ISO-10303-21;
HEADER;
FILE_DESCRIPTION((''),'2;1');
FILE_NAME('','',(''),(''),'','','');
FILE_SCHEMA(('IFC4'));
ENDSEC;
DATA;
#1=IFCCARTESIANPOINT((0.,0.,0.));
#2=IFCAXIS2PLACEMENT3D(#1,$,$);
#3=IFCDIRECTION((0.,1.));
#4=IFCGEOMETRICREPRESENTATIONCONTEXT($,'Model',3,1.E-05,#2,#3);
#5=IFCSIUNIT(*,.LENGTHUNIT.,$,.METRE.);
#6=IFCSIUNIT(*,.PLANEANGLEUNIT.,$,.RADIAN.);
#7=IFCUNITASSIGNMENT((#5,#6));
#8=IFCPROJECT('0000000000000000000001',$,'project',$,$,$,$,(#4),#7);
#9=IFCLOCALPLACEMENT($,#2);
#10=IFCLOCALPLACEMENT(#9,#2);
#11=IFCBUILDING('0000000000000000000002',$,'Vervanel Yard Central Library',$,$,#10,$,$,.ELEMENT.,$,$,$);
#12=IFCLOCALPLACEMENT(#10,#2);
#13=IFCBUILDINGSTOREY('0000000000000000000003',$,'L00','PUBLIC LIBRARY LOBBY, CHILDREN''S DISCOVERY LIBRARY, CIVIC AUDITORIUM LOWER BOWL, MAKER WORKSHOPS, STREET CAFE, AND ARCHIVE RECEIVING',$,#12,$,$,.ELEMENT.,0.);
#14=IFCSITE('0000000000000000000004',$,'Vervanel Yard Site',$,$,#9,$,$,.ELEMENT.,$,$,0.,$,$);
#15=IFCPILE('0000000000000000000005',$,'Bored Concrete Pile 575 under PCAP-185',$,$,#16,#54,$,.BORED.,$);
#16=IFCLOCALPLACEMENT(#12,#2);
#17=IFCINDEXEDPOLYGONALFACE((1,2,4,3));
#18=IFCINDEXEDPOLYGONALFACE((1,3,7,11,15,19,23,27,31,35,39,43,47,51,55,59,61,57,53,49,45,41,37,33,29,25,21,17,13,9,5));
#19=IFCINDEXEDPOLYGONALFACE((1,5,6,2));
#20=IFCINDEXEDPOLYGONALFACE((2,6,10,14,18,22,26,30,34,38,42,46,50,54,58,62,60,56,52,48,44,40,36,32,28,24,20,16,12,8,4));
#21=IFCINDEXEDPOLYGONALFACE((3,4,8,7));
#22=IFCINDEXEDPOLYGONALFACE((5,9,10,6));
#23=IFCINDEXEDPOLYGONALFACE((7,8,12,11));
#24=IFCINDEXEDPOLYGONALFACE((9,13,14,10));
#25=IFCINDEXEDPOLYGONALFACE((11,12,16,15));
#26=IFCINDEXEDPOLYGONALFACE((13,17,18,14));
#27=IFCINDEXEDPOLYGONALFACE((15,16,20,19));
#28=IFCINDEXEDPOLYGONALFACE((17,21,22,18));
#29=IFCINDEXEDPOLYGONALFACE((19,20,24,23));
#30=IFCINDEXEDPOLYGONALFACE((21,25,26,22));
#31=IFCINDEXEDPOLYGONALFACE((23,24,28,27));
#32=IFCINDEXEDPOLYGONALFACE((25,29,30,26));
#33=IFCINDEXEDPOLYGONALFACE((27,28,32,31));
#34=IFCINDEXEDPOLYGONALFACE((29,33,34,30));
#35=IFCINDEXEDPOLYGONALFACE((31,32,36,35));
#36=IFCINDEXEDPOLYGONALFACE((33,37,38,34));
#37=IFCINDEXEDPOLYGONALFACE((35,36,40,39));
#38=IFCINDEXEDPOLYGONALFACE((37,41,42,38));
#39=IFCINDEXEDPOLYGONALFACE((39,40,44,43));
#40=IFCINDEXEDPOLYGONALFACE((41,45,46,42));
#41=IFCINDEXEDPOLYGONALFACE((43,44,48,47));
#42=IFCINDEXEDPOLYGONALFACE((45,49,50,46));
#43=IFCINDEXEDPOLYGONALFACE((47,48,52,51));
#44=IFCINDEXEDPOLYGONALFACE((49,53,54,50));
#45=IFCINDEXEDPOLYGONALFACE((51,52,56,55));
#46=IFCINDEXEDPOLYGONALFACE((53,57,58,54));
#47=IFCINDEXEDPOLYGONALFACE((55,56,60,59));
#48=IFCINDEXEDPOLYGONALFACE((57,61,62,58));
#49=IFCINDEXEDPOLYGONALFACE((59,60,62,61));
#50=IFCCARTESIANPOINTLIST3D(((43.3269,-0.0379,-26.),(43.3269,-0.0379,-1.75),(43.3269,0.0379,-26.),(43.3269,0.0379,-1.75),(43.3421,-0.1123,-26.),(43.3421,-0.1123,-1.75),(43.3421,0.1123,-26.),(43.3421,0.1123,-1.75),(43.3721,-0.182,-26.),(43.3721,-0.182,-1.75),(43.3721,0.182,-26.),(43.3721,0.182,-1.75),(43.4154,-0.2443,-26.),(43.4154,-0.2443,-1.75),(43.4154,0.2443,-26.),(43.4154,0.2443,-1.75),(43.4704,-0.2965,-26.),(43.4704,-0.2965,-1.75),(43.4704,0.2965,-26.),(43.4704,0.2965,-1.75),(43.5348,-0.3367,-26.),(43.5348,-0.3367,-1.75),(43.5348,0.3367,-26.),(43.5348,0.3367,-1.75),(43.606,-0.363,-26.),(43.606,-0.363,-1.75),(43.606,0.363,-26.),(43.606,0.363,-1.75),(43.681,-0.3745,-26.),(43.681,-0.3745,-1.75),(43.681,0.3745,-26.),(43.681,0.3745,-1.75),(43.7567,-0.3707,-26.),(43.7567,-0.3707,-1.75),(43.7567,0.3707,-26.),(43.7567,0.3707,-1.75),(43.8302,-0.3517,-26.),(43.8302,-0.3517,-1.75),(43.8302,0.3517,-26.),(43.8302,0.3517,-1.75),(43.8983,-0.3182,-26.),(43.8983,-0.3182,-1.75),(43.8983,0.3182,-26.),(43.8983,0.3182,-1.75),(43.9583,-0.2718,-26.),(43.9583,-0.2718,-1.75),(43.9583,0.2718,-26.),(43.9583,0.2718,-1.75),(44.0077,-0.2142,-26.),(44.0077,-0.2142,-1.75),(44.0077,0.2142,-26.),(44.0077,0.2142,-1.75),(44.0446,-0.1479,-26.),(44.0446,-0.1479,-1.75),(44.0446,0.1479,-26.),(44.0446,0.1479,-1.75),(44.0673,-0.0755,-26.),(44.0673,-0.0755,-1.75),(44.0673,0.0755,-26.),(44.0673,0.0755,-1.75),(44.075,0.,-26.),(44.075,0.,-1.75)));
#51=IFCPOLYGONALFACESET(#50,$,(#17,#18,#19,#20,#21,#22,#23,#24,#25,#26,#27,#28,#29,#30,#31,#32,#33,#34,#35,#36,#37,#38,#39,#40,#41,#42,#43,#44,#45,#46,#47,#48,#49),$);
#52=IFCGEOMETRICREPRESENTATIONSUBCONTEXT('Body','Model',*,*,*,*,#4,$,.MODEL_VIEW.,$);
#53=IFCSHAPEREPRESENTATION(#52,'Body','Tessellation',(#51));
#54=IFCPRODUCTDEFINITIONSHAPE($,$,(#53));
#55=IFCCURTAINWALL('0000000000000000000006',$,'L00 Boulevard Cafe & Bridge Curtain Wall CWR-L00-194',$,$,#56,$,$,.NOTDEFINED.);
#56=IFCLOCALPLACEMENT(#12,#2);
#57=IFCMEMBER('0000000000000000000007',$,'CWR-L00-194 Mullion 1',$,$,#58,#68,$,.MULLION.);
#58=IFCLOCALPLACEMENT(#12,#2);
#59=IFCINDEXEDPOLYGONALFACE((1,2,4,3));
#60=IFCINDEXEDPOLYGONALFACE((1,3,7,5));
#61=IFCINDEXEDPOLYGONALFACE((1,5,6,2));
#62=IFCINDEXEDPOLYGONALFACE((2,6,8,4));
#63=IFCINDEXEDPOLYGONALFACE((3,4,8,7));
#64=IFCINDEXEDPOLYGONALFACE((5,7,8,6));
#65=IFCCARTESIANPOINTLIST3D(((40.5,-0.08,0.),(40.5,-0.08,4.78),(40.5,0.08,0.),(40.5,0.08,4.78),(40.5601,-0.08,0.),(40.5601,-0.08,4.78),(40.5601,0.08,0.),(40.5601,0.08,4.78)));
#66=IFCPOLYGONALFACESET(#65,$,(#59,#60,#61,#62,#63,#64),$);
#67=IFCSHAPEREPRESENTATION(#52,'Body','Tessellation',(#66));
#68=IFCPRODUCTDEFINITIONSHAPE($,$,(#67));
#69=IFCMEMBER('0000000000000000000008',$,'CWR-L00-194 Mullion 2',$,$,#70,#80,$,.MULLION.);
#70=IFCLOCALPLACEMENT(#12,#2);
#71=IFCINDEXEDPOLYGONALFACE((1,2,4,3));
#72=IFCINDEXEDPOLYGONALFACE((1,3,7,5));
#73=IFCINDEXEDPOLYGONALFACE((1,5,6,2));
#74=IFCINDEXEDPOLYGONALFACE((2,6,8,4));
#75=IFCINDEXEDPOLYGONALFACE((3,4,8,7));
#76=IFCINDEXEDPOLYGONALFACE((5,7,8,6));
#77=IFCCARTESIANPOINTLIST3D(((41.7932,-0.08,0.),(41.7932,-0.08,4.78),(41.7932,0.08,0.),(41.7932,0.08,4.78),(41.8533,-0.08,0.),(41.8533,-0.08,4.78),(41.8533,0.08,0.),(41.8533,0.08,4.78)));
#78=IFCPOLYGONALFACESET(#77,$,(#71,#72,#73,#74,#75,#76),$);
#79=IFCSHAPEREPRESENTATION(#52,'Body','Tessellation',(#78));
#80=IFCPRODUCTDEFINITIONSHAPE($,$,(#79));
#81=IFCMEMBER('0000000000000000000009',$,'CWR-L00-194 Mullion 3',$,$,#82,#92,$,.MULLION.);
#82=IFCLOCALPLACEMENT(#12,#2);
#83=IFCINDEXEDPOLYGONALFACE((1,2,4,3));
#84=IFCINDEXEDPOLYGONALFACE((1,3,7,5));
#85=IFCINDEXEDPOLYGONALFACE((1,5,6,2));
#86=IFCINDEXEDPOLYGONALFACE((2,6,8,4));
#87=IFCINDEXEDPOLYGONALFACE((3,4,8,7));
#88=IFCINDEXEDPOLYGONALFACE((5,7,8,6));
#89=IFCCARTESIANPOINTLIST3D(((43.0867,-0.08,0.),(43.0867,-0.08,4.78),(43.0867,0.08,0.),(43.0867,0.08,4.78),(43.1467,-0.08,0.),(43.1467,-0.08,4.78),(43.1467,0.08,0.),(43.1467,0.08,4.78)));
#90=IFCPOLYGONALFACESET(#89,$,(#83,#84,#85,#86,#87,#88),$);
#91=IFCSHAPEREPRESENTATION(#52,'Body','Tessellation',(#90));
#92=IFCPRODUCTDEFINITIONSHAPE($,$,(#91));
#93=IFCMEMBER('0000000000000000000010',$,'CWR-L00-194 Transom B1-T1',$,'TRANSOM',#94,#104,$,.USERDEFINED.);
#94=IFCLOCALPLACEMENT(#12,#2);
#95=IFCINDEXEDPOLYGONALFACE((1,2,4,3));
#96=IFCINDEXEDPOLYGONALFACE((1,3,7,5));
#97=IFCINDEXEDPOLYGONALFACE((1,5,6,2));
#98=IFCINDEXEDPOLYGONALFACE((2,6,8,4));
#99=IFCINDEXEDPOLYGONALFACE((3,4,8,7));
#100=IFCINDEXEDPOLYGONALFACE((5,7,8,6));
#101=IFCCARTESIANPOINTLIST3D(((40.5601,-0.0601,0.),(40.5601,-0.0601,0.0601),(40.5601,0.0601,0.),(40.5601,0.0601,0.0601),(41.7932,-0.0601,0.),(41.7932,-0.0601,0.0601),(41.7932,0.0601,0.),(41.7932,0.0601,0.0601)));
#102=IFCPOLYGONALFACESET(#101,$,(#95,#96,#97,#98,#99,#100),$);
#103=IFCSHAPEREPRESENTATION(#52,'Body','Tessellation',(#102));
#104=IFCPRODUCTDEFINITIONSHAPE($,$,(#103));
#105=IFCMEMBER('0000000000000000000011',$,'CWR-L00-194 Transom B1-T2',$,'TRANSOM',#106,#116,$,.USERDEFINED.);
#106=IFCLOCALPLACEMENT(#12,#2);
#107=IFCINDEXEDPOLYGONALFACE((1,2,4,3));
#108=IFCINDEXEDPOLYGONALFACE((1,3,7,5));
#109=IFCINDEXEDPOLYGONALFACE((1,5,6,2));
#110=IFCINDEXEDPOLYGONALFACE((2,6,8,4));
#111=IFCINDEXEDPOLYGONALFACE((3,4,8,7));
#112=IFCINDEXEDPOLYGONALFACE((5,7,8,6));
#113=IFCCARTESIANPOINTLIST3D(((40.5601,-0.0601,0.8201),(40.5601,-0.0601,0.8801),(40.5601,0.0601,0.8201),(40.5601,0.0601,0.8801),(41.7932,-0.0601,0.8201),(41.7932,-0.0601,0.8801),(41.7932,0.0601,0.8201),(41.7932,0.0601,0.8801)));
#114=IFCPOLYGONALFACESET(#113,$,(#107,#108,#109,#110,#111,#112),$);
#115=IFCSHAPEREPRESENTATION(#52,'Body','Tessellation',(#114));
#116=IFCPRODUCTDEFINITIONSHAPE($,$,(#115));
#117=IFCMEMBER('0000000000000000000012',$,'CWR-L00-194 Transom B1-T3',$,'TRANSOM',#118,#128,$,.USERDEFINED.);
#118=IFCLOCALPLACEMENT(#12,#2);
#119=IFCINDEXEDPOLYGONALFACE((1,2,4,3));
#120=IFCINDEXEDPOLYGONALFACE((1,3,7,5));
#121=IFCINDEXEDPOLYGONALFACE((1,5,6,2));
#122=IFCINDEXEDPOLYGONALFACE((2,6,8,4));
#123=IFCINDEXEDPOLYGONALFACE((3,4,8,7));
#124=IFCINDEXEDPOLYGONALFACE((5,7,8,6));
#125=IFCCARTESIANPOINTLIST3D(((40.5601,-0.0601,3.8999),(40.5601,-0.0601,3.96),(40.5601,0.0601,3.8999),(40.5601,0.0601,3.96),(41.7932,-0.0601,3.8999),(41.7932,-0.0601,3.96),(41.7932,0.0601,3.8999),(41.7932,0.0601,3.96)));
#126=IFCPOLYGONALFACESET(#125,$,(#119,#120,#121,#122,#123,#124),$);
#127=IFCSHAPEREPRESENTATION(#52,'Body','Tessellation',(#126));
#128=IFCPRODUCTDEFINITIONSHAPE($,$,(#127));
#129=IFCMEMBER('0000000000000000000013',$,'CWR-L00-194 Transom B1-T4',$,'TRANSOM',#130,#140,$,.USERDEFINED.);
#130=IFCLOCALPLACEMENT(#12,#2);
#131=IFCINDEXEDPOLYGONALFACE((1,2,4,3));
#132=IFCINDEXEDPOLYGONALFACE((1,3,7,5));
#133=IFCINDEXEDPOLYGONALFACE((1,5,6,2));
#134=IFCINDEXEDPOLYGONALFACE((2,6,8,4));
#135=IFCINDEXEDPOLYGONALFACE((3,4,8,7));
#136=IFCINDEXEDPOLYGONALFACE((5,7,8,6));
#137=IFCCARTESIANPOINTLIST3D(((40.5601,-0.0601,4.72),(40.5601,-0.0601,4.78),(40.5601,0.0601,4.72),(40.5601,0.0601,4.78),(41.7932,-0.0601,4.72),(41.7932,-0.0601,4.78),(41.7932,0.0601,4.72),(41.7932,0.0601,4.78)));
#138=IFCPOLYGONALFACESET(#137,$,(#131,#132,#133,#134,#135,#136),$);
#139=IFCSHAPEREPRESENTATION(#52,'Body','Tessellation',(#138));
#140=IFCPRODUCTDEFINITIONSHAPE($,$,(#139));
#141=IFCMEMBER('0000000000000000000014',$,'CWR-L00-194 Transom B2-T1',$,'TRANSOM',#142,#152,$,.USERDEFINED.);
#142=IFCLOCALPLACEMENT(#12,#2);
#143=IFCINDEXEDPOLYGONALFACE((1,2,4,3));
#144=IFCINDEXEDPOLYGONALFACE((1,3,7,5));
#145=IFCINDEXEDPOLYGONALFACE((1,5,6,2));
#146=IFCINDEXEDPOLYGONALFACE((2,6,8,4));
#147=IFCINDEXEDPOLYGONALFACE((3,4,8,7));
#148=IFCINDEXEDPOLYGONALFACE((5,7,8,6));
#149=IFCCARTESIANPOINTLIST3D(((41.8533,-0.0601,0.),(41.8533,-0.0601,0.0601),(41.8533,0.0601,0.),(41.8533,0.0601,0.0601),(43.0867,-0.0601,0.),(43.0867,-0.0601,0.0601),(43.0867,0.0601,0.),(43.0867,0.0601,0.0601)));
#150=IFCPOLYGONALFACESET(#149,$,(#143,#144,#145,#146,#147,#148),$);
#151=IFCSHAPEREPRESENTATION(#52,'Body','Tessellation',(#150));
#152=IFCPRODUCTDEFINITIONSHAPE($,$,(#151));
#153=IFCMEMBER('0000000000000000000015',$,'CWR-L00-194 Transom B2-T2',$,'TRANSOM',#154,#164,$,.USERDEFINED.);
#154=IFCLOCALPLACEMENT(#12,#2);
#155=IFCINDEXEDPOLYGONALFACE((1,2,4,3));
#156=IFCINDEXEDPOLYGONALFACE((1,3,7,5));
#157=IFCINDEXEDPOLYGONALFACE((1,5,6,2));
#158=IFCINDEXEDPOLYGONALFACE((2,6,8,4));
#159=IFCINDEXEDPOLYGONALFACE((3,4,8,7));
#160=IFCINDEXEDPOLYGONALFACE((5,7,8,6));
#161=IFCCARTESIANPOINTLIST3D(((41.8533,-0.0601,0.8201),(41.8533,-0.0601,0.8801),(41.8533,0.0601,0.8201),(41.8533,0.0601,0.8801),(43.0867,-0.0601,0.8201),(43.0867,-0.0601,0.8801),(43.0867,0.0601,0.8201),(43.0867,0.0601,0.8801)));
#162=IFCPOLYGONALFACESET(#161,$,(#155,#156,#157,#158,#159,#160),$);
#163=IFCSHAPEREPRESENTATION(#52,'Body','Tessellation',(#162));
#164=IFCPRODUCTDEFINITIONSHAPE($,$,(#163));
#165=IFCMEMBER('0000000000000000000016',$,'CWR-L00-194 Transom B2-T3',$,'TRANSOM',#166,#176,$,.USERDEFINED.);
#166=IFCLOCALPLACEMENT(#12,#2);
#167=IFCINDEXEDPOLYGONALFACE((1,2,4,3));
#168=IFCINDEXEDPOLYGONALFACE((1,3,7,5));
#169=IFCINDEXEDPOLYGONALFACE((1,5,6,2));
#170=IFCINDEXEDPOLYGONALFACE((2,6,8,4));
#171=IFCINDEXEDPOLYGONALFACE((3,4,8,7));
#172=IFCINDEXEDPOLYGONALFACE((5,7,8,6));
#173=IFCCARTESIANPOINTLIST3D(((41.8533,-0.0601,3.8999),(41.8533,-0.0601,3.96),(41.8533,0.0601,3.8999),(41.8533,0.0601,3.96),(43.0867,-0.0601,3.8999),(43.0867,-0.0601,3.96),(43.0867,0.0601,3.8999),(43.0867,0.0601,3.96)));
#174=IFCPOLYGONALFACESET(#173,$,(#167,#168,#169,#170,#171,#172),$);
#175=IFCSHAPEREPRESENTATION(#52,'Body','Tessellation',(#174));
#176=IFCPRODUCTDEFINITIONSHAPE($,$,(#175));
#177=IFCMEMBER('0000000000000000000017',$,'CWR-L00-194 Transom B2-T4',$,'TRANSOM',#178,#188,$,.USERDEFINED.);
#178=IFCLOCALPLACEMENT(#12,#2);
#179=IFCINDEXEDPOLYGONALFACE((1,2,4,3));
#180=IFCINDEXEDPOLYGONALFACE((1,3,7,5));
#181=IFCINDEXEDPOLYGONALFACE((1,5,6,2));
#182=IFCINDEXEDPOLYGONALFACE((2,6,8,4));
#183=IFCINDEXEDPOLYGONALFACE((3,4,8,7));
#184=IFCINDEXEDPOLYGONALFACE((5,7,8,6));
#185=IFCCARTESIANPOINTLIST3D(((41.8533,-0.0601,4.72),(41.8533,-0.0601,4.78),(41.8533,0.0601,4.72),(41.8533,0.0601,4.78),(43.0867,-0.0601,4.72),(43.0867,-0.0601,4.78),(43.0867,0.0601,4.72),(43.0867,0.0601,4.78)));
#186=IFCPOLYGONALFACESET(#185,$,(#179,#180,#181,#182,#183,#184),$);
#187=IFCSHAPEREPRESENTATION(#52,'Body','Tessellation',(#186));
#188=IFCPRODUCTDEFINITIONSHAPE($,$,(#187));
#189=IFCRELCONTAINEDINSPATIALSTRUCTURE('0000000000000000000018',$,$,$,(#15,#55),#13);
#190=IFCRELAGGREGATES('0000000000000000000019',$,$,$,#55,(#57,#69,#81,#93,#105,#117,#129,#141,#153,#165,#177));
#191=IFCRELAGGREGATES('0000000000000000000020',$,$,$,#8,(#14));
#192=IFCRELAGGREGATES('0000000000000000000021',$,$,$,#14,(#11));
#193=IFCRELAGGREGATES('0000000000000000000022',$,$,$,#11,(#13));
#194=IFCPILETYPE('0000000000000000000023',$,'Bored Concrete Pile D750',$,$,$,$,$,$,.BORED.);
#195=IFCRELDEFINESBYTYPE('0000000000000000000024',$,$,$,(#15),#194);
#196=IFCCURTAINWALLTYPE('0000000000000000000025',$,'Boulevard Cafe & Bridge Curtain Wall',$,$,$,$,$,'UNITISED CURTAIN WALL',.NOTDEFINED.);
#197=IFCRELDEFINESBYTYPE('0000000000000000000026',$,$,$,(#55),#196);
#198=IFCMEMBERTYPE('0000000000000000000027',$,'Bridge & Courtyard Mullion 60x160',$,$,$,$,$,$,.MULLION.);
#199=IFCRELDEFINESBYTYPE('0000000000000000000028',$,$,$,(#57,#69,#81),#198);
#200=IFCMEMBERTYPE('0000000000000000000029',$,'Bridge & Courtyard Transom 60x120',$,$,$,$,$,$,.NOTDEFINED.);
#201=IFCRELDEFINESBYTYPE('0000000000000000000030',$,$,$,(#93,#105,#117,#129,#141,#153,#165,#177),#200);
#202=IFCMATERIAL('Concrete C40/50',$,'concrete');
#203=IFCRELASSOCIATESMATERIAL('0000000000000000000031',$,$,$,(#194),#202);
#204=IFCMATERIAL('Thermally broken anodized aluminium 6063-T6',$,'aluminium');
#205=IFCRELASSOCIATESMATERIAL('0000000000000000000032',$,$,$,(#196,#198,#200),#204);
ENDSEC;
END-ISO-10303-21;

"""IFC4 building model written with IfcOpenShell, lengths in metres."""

from ifc_helpers import new_model, si_unit, direction, frame, origin, origin_2d, place, context, subcontext, project, spatial, rectangle, circle, extrude, material, material_profile, profile_set, type_object, element, aggregate, save


model = new_model("IFC4")

# Units and contexts
model_context = context("Model", 3, precision=1e-05, world=origin(), true_north=direction((0.0, 1.0)))
body_context = subcontext(model_context, "Body", "Model", "MODEL_VIEW")
ifc_project = project(units=[si_unit("LENGTHUNIT", "METRE"), si_unit("PLANEANGLEUNIT", "RADIAN")], contexts=[model_context])

# Site, building, storey
site_placement = place(None, origin())
site = spatial("IfcSite", under=ifc_project, at=site_placement, Name="Vervanel Yard Site", CompositionType="ELEMENT", RefElevation=0.0)
building_placement = place(site_placement, origin())
building = spatial("IfcBuilding", under=site, at=building_placement, Name="Vervanel Yard Central Library", CompositionType="ELEMENT")
storey_placement = place(building_placement, origin())
storey = spatial("IfcBuildingStorey", under=building, at=storey_placement, Name="L00", Description="PUBLIC LIBRARY LOBBY, CHILDREN'S DISCOVERY LIBRARY, CIVIC AUDITORIUM LOWER BOWL, MAKER WORKSHOPS, STREET CAFE, AND ARCHIVE RECEIVING", CompositionType="ELEMENT", Elevation=0.0)

# Pile
ifc_material_1 = material(Name="Concrete C40/50", Category="concrete")
ifc_material_profile_1 = material_profile(ifc_material_1, circle(Radius=0.375, at=origin_2d()), Name="BP D750", Category="concrete")
ifc_profile_set_1 = profile_set([ifc_material_profile_1], Name="Concrete C40/50")
pile_type = type_object("IfcPileType", Name="Bored Concrete Pile D750", PredefinedType="BORED", material=ifc_profile_set_1)
pile_placement = place(storey_placement, frame((43.7, 0.0, -1.75), z_axis=(0.0, 0.0, -1.0), x_axis=(1.0, 0.0, 0.0)))
element("IfcPile", 1, at=pile_placement, inside=storey, type_object=pile_type, Name="Bored Concrete Pile 575 under PCAP-185", PredefinedType="BORED", context=body_context, shape_type="SweptSolid", body=[
    extrude(circle(Radius=0.375, at=origin_2d()), origin(), (0.0, 0.0, 1.0), 24.25),
])

# Curtain wall, members
ifc_material_2 = material(Name="Thermally broken anodized aluminium 6063-T6", Category="aluminium")
curtain_wall_type = type_object("IfcCurtainWallType", Name="Boulevard Cafe & Bridge Curtain Wall", ElementType="UNITISED CURTAIN WALL", PredefinedType="NOTDEFINED", material=ifc_material_2)
curtain_wall_placement = place(storey_placement, origin())
curtain_wall = element("IfcCurtainWall", 2, at=curtain_wall_placement, inside=storey, type_object=curtain_wall_type, Name="L00 Boulevard Cafe & Bridge Curtain Wall CWR-L00-194", PredefinedType="NOTDEFINED")
ifc_material_profile_2 = material_profile(ifc_material_2, rectangle(XDim=0.0601, YDim=0.1599, at=origin_2d()), Name="ALU 60x160", Category="aluminium")
ifc_profile_set_2 = profile_set([ifc_material_profile_2], Name="Thermally broken anodized aluminium 6063-T6")
member_type_1 = type_object("IfcMemberType", Name="Bridge & Courtyard Mullion 60x160", PredefinedType="MULLION", material=ifc_profile_set_2)
member_1_placement = place(storey_placement, frame((40.53, 0.0, 0.0), z_axis=(0.0, 0.0, 1.0), x_axis=(1.0, 0.0, 0.0)))
member_1 = element("IfcMember", 3, at=member_1_placement, type_object=member_type_1, Name="CWR-L00-194 Mullion 1", PredefinedType="MULLION", context=body_context, shape_type="SweptSolid", body=[
    extrude(rectangle(XDim=0.0601, YDim=0.1599, at=origin_2d()), origin(), (0.0, 0.0, 1.0), 4.78),
])
member_2_placement = place(storey_placement, frame((41.8232, 0.0, 0.0), z_axis=(0.0, 0.0, 1.0), x_axis=(1.0, 0.0, 0.0)))
member_2 = element("IfcMember", 4, at=member_2_placement, type_object=member_type_1, Name="CWR-L00-194 Mullion 2", PredefinedType="MULLION", context=body_context, shape_type="SweptSolid", body=[
    extrude(rectangle(XDim=0.0601, YDim=0.1599, at=origin_2d()), origin(), (0.0, 0.0, 1.0), 4.78),
])
member_3_placement = place(storey_placement, frame((43.1167, 0.0, 0.0), z_axis=(0.0, 0.0, 1.0), x_axis=(1.0, 0.0, 0.0)))
member_3 = element("IfcMember", 5, at=member_3_placement, type_object=member_type_1, Name="CWR-L00-194 Mullion 3", PredefinedType="MULLION", context=body_context, shape_type="SweptSolid", body=[
    extrude(rectangle(XDim=0.0601, YDim=0.1599, at=origin_2d()), origin(), (0.0, 0.0, 1.0), 4.78),
])
ifc_material_profile_3 = material_profile(ifc_material_2, rectangle(XDim=0.0601, YDim=0.1201, at=origin_2d()), Name="ALU 60x120", Category="aluminium")
ifc_profile_set_3 = profile_set([ifc_material_profile_3], Name="Thermally broken anodized aluminium 6063-T6")
member_type_2 = type_object("IfcMemberType", Name="Bridge & Courtyard Transom 60x120", PredefinedType="NOTDEFINED", material=ifc_profile_set_3)
member_4_placement = place(storey_placement, frame((40.5601, 0.0, 0.03), z_axis=(1.0, 0.0, 0.0), x_axis=(0.0, 0.0, 1.0)))
member_4 = element("IfcMember", 6, at=member_4_placement, type_object=member_type_2, Name="CWR-L00-194 Transom B1-T1", ObjectType="TRANSOM", PredefinedType="USERDEFINED", context=body_context, shape_type="SweptSolid", body=[
    extrude(rectangle(XDim=0.0601, YDim=0.1201, at=origin_2d()), origin(), (0.0, 0.0, 1.0), 1.2332),
])
member_5_placement = place(storey_placement, frame((40.5601, 0.0, 0.8501), z_axis=(1.0, 0.0, 0.0), x_axis=(0.0, 0.0, 1.0)))
member_5 = element("IfcMember", 7, at=member_5_placement, type_object=member_type_2, Name="CWR-L00-194 Transom B1-T2", ObjectType="TRANSOM", PredefinedType="USERDEFINED", context=body_context, shape_type="SweptSolid", body=[
    extrude(rectangle(XDim=0.0601, YDim=0.1201, at=origin_2d()), origin(), (0.0, 0.0, 1.0), 1.2332),
])
member_6_placement = place(storey_placement, frame((40.5601, 0.0, 3.9299), z_axis=(1.0, 0.0, 0.0), x_axis=(0.0, 0.0, 1.0)))
member_6 = element("IfcMember", 8, at=member_6_placement, type_object=member_type_2, Name="CWR-L00-194 Transom B1-T3", ObjectType="TRANSOM", PredefinedType="USERDEFINED", context=body_context, shape_type="SweptSolid", body=[
    extrude(rectangle(XDim=0.0601, YDim=0.1201, at=origin_2d()), origin(), (0.0, 0.0, 1.0), 1.2332),
])
member_7_placement = place(storey_placement, frame((40.5601, 0.0, 4.75), z_axis=(1.0, 0.0, 0.0), x_axis=(0.0, 0.0, 1.0)))
member_7 = element("IfcMember", 9, at=member_7_placement, type_object=member_type_2, Name="CWR-L00-194 Transom B1-T4", ObjectType="TRANSOM", PredefinedType="USERDEFINED", context=body_context, shape_type="SweptSolid", body=[
    extrude(rectangle(XDim=0.0601, YDim=0.1201, at=origin_2d()), origin(), (0.0, 0.0, 1.0), 1.2332),
])
member_8_placement = place(storey_placement, frame((41.8533, 0.0, 0.03), z_axis=(1.0, 0.0, 0.0), x_axis=(0.0, 0.0, 1.0)))
member_8 = element("IfcMember", 10, at=member_8_placement, type_object=member_type_2, Name="CWR-L00-194 Transom B2-T1", ObjectType="TRANSOM", PredefinedType="USERDEFINED", context=body_context, shape_type="SweptSolid", body=[
    extrude(rectangle(XDim=0.0601, YDim=0.1201, at=origin_2d()), origin(), (0.0, 0.0, 1.0), 1.2334),
])
member_9_placement = place(storey_placement, frame((41.8533, 0.0, 0.8501), z_axis=(1.0, 0.0, 0.0), x_axis=(0.0, 0.0, 1.0)))
member_9 = element("IfcMember", 11, at=member_9_placement, type_object=member_type_2, Name="CWR-L00-194 Transom B2-T2", ObjectType="TRANSOM", PredefinedType="USERDEFINED", context=body_context, shape_type="SweptSolid", body=[
    extrude(rectangle(XDim=0.0601, YDim=0.1201, at=origin_2d()), origin(), (0.0, 0.0, 1.0), 1.2334),
])
member_10_placement = place(storey_placement, frame((41.8533, 0.0, 3.9299), z_axis=(1.0, 0.0, 0.0), x_axis=(0.0, 0.0, 1.0)))
member_10 = element("IfcMember", 12, at=member_10_placement, type_object=member_type_2, Name="CWR-L00-194 Transom B2-T3", ObjectType="TRANSOM", PredefinedType="USERDEFINED", context=body_context, shape_type="SweptSolid", body=[
    extrude(rectangle(XDim=0.0601, YDim=0.1201, at=origin_2d()), origin(), (0.0, 0.0, 1.0), 1.2334),
])
member_11_placement = place(storey_placement, frame((41.8533, 0.0, 4.75), z_axis=(1.0, 0.0, 0.0), x_axis=(0.0, 0.0, 1.0)))
member_11 = element("IfcMember", 13, at=member_11_placement, type_object=member_type_2, Name="CWR-L00-194 Transom B2-T4", ObjectType="TRANSOM", PredefinedType="USERDEFINED", context=body_context, shape_type="SweptSolid", body=[
    extrude(rectangle(XDim=0.0601, YDim=0.1201, at=origin_2d()), origin(), (0.0, 0.0, 1.0), 1.2334),
])
aggregate(curtain_wall, [member_1, member_2, member_3, member_4, member_5, member_6, member_7, member_8, member_9, member_10, member_11])

save(model, "model.ifc")
